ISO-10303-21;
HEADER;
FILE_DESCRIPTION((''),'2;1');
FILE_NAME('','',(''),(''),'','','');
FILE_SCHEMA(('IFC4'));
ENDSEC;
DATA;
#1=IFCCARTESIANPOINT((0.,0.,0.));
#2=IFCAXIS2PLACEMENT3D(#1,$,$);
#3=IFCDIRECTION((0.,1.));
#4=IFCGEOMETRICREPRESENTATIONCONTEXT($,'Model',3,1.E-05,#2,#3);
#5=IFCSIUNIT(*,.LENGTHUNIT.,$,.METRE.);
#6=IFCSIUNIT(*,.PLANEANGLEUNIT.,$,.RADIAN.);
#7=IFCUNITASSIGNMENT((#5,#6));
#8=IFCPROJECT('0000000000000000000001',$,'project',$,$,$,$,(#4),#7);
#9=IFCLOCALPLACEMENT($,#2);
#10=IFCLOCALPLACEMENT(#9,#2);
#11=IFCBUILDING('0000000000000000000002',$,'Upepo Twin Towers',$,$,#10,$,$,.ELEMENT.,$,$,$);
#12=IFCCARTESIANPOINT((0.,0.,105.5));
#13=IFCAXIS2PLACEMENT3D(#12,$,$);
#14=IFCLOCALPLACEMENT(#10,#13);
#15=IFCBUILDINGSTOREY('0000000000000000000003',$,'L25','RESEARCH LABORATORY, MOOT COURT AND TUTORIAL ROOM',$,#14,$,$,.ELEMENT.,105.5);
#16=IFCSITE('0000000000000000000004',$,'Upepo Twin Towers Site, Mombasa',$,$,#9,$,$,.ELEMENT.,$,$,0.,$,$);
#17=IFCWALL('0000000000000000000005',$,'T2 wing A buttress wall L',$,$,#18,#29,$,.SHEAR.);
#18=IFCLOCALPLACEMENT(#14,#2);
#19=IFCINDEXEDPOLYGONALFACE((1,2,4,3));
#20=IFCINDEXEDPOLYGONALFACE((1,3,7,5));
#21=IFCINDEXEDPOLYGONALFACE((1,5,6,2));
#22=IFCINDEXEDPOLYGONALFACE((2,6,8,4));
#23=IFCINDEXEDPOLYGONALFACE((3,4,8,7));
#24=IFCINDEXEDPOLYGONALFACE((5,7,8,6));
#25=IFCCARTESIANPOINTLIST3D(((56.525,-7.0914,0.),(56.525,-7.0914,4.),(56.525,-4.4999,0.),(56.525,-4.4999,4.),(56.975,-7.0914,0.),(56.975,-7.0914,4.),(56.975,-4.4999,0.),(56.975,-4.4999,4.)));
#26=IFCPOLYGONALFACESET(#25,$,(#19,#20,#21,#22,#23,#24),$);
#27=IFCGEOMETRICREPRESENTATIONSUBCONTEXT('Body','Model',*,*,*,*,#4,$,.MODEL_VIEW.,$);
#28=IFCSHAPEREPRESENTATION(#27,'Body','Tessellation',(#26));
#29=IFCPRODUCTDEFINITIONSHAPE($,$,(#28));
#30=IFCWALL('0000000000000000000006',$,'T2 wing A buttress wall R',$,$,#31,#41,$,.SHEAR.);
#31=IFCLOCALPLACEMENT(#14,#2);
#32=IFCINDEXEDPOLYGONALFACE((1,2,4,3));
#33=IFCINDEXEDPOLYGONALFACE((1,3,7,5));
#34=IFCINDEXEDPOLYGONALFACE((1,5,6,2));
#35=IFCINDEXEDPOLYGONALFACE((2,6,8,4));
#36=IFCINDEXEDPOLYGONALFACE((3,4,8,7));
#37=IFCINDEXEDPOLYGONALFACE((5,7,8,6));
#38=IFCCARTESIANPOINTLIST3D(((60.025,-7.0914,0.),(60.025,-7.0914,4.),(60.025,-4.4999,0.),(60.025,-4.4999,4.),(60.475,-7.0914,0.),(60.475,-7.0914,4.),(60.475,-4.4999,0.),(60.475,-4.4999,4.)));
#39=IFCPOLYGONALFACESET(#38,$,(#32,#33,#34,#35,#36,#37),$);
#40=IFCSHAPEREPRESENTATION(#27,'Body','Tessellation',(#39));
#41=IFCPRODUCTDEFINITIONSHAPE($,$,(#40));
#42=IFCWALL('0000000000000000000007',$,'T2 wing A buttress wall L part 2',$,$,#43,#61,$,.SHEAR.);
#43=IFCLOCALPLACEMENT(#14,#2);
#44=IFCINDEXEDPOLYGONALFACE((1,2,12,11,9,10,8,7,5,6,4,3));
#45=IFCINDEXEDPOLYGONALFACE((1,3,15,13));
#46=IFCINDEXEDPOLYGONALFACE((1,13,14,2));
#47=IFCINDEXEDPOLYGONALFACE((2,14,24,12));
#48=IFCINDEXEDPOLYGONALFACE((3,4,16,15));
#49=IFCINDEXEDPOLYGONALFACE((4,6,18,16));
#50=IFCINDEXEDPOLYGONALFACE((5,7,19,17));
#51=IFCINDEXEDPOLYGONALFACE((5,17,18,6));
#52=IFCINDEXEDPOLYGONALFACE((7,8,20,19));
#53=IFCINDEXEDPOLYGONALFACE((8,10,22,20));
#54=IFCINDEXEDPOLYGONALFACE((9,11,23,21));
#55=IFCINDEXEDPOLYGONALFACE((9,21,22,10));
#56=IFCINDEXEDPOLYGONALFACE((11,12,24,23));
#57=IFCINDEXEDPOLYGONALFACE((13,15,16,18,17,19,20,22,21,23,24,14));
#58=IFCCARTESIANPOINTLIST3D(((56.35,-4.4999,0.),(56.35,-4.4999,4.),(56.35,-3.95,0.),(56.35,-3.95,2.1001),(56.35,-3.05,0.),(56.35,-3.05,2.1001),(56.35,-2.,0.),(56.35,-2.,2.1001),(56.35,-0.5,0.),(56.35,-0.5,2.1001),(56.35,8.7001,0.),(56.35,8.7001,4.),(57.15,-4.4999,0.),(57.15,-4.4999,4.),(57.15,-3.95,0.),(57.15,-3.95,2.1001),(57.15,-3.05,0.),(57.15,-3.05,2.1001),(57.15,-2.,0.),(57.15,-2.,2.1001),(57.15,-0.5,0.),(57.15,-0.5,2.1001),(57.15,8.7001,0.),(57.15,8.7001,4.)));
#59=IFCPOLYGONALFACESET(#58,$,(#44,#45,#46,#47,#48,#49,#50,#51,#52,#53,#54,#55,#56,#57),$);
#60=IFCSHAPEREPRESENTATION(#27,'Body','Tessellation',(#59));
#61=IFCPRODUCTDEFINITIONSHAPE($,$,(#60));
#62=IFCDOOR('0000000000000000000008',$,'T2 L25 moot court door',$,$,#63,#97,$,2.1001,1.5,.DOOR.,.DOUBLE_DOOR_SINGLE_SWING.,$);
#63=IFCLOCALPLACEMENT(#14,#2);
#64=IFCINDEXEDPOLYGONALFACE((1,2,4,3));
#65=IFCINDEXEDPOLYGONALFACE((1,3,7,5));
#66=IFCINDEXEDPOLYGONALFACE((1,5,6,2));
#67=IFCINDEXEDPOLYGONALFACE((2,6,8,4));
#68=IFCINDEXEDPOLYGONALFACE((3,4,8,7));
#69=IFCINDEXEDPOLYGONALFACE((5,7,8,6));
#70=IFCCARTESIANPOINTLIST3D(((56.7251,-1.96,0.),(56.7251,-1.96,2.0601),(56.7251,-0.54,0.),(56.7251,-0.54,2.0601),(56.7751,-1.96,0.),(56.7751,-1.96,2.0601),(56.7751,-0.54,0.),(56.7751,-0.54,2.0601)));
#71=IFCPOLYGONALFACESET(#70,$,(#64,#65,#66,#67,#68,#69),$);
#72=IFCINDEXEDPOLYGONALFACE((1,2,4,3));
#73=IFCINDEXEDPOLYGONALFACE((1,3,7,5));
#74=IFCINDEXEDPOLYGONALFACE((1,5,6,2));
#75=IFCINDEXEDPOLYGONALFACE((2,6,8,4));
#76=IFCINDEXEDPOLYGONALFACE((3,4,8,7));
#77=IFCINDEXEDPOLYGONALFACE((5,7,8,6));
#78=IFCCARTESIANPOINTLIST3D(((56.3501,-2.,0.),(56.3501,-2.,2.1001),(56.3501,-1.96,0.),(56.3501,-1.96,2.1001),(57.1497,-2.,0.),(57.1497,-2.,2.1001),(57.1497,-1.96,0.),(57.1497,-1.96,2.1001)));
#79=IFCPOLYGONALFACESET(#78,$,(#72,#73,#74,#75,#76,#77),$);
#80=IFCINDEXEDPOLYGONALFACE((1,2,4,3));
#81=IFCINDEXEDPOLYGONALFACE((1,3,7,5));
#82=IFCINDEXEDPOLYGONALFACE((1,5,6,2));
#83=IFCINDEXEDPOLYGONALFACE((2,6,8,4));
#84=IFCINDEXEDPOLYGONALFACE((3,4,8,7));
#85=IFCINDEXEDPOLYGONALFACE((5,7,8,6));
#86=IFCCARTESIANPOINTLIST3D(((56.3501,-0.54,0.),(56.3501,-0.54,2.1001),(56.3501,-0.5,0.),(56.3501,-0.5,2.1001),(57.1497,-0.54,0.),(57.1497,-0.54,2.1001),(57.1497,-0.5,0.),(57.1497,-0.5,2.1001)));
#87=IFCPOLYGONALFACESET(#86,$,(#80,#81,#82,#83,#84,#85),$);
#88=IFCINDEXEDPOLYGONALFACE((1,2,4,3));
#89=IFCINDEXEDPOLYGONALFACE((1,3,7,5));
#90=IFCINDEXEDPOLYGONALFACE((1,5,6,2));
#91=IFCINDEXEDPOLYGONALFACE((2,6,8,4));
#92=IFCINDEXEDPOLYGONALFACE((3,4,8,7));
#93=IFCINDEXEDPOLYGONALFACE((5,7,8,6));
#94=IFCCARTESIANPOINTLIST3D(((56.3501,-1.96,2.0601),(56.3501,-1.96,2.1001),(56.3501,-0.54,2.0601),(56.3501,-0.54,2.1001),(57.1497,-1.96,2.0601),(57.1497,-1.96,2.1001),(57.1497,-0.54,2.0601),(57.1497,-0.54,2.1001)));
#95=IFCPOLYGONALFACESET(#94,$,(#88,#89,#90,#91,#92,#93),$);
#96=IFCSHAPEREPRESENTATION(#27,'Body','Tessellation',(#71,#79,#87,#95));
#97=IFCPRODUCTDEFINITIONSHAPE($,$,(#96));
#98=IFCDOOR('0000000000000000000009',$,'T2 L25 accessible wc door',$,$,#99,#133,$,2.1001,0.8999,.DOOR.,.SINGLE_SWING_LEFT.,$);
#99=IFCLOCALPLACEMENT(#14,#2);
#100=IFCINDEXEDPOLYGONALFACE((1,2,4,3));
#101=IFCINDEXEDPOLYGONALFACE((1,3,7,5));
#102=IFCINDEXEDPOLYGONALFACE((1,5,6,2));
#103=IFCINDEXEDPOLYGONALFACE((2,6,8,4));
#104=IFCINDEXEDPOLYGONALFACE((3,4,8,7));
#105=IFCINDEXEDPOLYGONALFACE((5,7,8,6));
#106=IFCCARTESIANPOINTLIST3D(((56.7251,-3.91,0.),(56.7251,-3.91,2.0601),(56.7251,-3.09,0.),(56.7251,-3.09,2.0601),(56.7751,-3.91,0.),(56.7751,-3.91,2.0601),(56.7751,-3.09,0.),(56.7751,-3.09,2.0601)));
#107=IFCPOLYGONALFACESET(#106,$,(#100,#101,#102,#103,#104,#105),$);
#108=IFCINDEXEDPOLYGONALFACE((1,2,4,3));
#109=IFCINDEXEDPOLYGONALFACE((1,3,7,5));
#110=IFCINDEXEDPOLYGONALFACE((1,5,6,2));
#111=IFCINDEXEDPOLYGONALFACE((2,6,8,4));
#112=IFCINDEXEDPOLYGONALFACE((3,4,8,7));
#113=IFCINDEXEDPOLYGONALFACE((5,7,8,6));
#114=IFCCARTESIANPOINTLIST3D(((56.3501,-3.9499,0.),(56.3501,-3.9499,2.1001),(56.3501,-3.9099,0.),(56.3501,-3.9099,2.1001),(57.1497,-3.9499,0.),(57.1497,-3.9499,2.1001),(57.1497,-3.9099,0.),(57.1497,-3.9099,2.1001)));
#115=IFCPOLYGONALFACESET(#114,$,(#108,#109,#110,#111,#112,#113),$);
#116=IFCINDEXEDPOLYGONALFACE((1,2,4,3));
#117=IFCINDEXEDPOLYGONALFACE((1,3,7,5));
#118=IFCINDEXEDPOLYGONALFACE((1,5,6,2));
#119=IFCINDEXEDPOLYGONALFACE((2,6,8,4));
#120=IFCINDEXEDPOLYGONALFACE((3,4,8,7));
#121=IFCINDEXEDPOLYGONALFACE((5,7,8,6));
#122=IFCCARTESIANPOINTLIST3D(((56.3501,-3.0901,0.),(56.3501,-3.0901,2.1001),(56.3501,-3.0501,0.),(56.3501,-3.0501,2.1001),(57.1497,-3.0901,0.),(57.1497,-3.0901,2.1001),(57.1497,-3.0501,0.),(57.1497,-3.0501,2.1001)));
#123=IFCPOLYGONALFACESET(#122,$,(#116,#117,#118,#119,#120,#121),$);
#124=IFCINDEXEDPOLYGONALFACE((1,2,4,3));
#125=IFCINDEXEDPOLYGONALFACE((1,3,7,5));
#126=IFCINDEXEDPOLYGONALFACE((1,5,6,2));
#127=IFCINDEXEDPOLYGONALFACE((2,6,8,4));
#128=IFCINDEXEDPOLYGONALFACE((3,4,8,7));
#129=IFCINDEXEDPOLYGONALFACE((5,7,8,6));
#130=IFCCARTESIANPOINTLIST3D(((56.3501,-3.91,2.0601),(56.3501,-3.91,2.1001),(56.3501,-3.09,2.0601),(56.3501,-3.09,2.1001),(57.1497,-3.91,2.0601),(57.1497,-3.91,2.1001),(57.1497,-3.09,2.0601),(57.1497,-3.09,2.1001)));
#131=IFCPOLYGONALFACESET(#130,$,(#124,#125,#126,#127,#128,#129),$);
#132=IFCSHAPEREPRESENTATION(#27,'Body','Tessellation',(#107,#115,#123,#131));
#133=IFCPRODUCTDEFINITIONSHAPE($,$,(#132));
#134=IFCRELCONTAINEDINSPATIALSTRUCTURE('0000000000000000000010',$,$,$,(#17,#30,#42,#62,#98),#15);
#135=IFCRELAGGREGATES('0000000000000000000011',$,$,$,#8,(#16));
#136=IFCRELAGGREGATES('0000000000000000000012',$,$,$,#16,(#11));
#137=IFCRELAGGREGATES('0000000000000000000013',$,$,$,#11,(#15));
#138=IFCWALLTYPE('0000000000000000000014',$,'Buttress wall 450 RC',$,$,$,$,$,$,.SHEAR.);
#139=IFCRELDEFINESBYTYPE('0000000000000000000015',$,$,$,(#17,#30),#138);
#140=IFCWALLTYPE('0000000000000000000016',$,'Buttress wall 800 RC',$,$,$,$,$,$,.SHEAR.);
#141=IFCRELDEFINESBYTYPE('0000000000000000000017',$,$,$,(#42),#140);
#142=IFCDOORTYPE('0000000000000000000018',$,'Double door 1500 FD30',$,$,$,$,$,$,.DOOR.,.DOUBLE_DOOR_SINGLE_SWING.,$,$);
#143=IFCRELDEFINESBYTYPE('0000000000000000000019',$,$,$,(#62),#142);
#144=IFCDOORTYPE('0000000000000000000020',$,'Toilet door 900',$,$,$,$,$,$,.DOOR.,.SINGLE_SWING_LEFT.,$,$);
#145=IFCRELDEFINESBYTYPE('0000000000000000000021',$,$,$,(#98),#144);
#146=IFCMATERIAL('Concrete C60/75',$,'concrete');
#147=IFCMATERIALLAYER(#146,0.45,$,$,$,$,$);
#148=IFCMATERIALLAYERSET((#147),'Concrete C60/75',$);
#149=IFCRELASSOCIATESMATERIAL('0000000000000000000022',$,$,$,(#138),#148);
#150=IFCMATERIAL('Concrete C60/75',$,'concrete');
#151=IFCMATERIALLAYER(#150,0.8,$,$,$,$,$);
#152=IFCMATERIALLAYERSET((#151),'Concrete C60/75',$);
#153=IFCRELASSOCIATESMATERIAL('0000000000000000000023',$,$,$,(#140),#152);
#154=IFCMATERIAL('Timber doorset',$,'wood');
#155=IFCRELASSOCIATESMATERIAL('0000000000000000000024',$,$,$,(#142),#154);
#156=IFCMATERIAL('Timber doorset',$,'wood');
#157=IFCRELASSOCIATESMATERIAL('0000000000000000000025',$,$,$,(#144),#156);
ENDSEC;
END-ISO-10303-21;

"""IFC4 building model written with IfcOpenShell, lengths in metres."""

from ifc_helpers import new_model, si_unit, direction, frame, frame_2d, origin, place, context, subcontext, project, spatial, rectangle, extrude, material, layer, layer_set, type_object, element, fill, save


model = new_model("IFC4")

# Units and contexts
model_context = context("Model", 3, precision=1e-05, world=origin(), true_north=direction((0.0, 1.0)))
body_context = subcontext(model_context, "Body", "Model", "MODEL_VIEW")
ifc_project = project(units=[si_unit("LENGTHUNIT", "METRE"), si_unit("PLANEANGLEUNIT", "RADIAN")], contexts=[model_context])

# Site, building, storey
site_placement = place(None, origin())
site = spatial("IfcSite", under=ifc_project, at=site_placement, Name="Upepo Twin Towers Site, Mombasa", CompositionType="ELEMENT", RefElevation=0.0)
building_placement = place(site_placement, origin())
building = spatial("IfcBuilding", under=site, at=building_placement, Name="Upepo Twin Towers", CompositionType="ELEMENT")
storey_placement = place(building_placement, frame((0.0, 0.0, 105.5)))
storey = spatial("IfcBuildingStorey", under=building, at=storey_placement, Name="L25", Description="RESEARCH LABORATORY, MOOT COURT AND TUTORIAL ROOM", CompositionType="ELEMENT", Elevation=105.5)

# Walls
ifc_material_1 = material(Name="Concrete C60/75", Category="concrete")
ifc_layer_1 = layer(ifc_material_1, 0.45)
ifc_layer_set_1 = layer_set([ifc_layer_1], Name="Concrete C60/75")
wall_type_1 = type_object("IfcWallType", Name="Buttress wall 450 RC", PredefinedType="SHEAR", material=ifc_layer_set_1)
for number, where, z_axis, x_axis, name in (
    (1, (56.75, -7.0916, 0.0), (0.0, 0.0, 1.0), (0.0, 1.0, 0.0), "T2 wing A buttress wall L"),
    (2, (60.25, -7.0916, 0.0), (0.0, 0.0, 1.0), (0.0, 1.0, 0.0), "T2 wing A buttress wall R"),
):
    element("IfcWall", number, at=place(storey_placement, frame(where, z_axis=z_axis, x_axis=x_axis)), inside=storey, type_object=wall_type_1, Name=name, PredefinedType="SHEAR", context=body_context, shape_type="SweptSolid", body=[
        extrude(rectangle(XDim=2.5916, YDim=0.45, at=frame_2d((1.2959, 0.0))), origin(), (0.0, 0.0, 1.0), 4.0),
    ])

# Wall, openings, doors
ifc_material_2 = material(Name="Concrete C60/75", Category="concrete")
ifc_layer_2 = layer(ifc_material_2, 0.8)
ifc_layer_set_2 = layer_set([ifc_layer_2], Name="Concrete C60/75")
wall_type_2 = type_object("IfcWallType", Name="Buttress wall 800 RC", PredefinedType="SHEAR", material=ifc_layer_set_2)
wall_1_placement = place(storey_placement, frame((56.75, -4.5, 0.0), z_axis=(0.0, 0.0, 1.0), x_axis=(0.0, 1.0, 0.0)))
wall_1 = element("IfcWall", 3, at=wall_1_placement, inside=storey, type_object=wall_type_2, Name="T2 wing A buttress wall L part 2", PredefinedType="SHEAR", context=body_context, shape_type="SweptSolid", body=[
    extrude(rectangle(XDim=13.2, YDim=0.8, at=frame_2d((6.6001, 0.0))), origin(), (0.0, 0.0, 1.0), 4.0),
])
opening_1_placement = place(wall_1_placement, frame((0.55, 0.0, 0.0)))
opening_1 = element("IfcOpeningElement", 4, at=opening_1_placement, cuts=wall_1, PredefinedType="OPENING", context=body_context, shape_type="SweptSolid", body=[
    extrude(rectangle(XDim=0.8999, YDim=2.1001, at=frame_2d((0.45, 1.05))), frame((0.0, 0.4099, 0.0), z_axis=(0.0, -1.0, 0.0), x_axis=(1.0, 0.0, 0.0)), (0.0, 0.0, 1.0), 0.8201),
])
opening_2_placement = place(wall_1_placement, frame((2.5, 0.0, 0.0)))
opening_2 = element("IfcOpeningElement", 5, at=opening_2_placement, cuts=wall_1, PredefinedType="OPENING", context=body_context, shape_type="SweptSolid", body=[
    extrude(rectangle(XDim=1.5, YDim=2.1001, at=frame_2d((0.75, 1.05))), frame((0.0, 0.4099, 0.0), z_axis=(0.0, -1.0, 0.0), x_axis=(1.0, 0.0, 0.0)), (0.0, 0.0, 1.0), 0.8201),
])
ifc_material_3 = material(Name="Timber doorset", Category="wood")
door_type_1 = type_object("IfcDoorType", Name="Double door 1500 FD30", OperationType="DOUBLE_DOOR_SINGLE_SWING", PredefinedType="DOOR", material=ifc_material_3)
door_1_placement = place(opening_2_placement, origin())
door_1 = element("IfcDoor", 6, at=door_1_placement, inside=storey, type_object=door_type_1, Name="T2 L25 moot court door", OperationType="DOUBLE_DOOR_SINGLE_SWING", OverallHeight=2.1001, OverallWidth=1.5, PredefinedType="DOOR", context=body_context, shape_type="SweptSolid", body=[
    extrude(rectangle(XDim=1.42, YDim=2.0601, at=frame_2d((0.75, 1.03))), frame((0.0, 0.0249, 0.0), z_axis=(0.0, -1.0, 0.0), x_axis=(1.0, 0.0, 0.0)), (0.0, 0.0, 1.0), 0.05),
    extrude(rectangle(XDim=0.04, YDim=2.1001, at=frame_2d((0.02, 1.05))), frame((0.0, 0.3999, 0.0), z_axis=(0.0, -1.0, 0.0), x_axis=(1.0, 0.0, 0.0)), (0.0, 0.0, 1.0), 0.7996),
    extrude(rectangle(XDim=0.04, YDim=2.1001, at=frame_2d((1.48, 1.05))), frame((0.0, 0.3999, 0.0), z_axis=(0.0, -1.0, 0.0), x_axis=(1.0, 0.0, 0.0)), (0.0, 0.0, 1.0), 0.7996),
    extrude(rectangle(XDim=1.42, YDim=0.04, at=frame_2d((0.75, 2.0801))), frame((0.0, 0.3999, 0.0), z_axis=(0.0, -1.0, 0.0), x_axis=(1.0, 0.0, 0.0)), (0.0, 0.0, 1.0), 0.7996),
])
fill(opening_2, door_1)
ifc_material_4 = material(Name="Timber doorset", Category="wood")
door_type_2 = type_object("IfcDoorType", Name="Toilet door 900", OperationType="SINGLE_SWING_LEFT", PredefinedType="DOOR", material=ifc_material_4)
door_2_placement = place(opening_1_placement, origin())
door_2 = element("IfcDoor", 7, at=door_2_placement, inside=storey, type_object=door_type_2, Name="T2 L25 accessible wc door", OperationType="SINGLE_SWING_LEFT", OverallHeight=2.1001, OverallWidth=0.8999, PredefinedType="DOOR", context=body_context, shape_type="SweptSolid", body=[
    extrude(rectangle(XDim=0.8199, YDim=2.0601, at=frame_2d((0.45, 1.03))), frame((0.0, 0.0249, 0.0), z_axis=(0.0, -1.0, 0.0), x_axis=(1.0, 0.0, 0.0)), (0.0, 0.0, 1.0), 0.05),
    extrude(rectangle(XDim=0.04, YDim=2.1001, at=frame_2d((0.02, 1.05))), frame((0.0, 0.3999, 0.0), z_axis=(0.0, -1.0, 0.0), x_axis=(1.0, 0.0, 0.0)), (0.0, 0.0, 1.0), 0.7996),
    extrude(rectangle(XDim=0.04, YDim=2.1001, at=frame_2d((0.8799, 1.05))), frame((0.0, 0.3999, 0.0), z_axis=(0.0, -1.0, 0.0), x_axis=(1.0, 0.0, 0.0)), (0.0, 0.0, 1.0), 0.7996),
    extrude(rectangle(XDim=0.8199, YDim=0.04, at=frame_2d((0.45, 2.0801))), frame((0.0, 0.3999, 0.0), z_axis=(0.0, -1.0, 0.0), x_axis=(1.0, 0.0, 0.0)), (0.0, 0.0, 1.0), 0.7996),
])
fill(opening_1, door_2)

save(model, "model.ifc")
